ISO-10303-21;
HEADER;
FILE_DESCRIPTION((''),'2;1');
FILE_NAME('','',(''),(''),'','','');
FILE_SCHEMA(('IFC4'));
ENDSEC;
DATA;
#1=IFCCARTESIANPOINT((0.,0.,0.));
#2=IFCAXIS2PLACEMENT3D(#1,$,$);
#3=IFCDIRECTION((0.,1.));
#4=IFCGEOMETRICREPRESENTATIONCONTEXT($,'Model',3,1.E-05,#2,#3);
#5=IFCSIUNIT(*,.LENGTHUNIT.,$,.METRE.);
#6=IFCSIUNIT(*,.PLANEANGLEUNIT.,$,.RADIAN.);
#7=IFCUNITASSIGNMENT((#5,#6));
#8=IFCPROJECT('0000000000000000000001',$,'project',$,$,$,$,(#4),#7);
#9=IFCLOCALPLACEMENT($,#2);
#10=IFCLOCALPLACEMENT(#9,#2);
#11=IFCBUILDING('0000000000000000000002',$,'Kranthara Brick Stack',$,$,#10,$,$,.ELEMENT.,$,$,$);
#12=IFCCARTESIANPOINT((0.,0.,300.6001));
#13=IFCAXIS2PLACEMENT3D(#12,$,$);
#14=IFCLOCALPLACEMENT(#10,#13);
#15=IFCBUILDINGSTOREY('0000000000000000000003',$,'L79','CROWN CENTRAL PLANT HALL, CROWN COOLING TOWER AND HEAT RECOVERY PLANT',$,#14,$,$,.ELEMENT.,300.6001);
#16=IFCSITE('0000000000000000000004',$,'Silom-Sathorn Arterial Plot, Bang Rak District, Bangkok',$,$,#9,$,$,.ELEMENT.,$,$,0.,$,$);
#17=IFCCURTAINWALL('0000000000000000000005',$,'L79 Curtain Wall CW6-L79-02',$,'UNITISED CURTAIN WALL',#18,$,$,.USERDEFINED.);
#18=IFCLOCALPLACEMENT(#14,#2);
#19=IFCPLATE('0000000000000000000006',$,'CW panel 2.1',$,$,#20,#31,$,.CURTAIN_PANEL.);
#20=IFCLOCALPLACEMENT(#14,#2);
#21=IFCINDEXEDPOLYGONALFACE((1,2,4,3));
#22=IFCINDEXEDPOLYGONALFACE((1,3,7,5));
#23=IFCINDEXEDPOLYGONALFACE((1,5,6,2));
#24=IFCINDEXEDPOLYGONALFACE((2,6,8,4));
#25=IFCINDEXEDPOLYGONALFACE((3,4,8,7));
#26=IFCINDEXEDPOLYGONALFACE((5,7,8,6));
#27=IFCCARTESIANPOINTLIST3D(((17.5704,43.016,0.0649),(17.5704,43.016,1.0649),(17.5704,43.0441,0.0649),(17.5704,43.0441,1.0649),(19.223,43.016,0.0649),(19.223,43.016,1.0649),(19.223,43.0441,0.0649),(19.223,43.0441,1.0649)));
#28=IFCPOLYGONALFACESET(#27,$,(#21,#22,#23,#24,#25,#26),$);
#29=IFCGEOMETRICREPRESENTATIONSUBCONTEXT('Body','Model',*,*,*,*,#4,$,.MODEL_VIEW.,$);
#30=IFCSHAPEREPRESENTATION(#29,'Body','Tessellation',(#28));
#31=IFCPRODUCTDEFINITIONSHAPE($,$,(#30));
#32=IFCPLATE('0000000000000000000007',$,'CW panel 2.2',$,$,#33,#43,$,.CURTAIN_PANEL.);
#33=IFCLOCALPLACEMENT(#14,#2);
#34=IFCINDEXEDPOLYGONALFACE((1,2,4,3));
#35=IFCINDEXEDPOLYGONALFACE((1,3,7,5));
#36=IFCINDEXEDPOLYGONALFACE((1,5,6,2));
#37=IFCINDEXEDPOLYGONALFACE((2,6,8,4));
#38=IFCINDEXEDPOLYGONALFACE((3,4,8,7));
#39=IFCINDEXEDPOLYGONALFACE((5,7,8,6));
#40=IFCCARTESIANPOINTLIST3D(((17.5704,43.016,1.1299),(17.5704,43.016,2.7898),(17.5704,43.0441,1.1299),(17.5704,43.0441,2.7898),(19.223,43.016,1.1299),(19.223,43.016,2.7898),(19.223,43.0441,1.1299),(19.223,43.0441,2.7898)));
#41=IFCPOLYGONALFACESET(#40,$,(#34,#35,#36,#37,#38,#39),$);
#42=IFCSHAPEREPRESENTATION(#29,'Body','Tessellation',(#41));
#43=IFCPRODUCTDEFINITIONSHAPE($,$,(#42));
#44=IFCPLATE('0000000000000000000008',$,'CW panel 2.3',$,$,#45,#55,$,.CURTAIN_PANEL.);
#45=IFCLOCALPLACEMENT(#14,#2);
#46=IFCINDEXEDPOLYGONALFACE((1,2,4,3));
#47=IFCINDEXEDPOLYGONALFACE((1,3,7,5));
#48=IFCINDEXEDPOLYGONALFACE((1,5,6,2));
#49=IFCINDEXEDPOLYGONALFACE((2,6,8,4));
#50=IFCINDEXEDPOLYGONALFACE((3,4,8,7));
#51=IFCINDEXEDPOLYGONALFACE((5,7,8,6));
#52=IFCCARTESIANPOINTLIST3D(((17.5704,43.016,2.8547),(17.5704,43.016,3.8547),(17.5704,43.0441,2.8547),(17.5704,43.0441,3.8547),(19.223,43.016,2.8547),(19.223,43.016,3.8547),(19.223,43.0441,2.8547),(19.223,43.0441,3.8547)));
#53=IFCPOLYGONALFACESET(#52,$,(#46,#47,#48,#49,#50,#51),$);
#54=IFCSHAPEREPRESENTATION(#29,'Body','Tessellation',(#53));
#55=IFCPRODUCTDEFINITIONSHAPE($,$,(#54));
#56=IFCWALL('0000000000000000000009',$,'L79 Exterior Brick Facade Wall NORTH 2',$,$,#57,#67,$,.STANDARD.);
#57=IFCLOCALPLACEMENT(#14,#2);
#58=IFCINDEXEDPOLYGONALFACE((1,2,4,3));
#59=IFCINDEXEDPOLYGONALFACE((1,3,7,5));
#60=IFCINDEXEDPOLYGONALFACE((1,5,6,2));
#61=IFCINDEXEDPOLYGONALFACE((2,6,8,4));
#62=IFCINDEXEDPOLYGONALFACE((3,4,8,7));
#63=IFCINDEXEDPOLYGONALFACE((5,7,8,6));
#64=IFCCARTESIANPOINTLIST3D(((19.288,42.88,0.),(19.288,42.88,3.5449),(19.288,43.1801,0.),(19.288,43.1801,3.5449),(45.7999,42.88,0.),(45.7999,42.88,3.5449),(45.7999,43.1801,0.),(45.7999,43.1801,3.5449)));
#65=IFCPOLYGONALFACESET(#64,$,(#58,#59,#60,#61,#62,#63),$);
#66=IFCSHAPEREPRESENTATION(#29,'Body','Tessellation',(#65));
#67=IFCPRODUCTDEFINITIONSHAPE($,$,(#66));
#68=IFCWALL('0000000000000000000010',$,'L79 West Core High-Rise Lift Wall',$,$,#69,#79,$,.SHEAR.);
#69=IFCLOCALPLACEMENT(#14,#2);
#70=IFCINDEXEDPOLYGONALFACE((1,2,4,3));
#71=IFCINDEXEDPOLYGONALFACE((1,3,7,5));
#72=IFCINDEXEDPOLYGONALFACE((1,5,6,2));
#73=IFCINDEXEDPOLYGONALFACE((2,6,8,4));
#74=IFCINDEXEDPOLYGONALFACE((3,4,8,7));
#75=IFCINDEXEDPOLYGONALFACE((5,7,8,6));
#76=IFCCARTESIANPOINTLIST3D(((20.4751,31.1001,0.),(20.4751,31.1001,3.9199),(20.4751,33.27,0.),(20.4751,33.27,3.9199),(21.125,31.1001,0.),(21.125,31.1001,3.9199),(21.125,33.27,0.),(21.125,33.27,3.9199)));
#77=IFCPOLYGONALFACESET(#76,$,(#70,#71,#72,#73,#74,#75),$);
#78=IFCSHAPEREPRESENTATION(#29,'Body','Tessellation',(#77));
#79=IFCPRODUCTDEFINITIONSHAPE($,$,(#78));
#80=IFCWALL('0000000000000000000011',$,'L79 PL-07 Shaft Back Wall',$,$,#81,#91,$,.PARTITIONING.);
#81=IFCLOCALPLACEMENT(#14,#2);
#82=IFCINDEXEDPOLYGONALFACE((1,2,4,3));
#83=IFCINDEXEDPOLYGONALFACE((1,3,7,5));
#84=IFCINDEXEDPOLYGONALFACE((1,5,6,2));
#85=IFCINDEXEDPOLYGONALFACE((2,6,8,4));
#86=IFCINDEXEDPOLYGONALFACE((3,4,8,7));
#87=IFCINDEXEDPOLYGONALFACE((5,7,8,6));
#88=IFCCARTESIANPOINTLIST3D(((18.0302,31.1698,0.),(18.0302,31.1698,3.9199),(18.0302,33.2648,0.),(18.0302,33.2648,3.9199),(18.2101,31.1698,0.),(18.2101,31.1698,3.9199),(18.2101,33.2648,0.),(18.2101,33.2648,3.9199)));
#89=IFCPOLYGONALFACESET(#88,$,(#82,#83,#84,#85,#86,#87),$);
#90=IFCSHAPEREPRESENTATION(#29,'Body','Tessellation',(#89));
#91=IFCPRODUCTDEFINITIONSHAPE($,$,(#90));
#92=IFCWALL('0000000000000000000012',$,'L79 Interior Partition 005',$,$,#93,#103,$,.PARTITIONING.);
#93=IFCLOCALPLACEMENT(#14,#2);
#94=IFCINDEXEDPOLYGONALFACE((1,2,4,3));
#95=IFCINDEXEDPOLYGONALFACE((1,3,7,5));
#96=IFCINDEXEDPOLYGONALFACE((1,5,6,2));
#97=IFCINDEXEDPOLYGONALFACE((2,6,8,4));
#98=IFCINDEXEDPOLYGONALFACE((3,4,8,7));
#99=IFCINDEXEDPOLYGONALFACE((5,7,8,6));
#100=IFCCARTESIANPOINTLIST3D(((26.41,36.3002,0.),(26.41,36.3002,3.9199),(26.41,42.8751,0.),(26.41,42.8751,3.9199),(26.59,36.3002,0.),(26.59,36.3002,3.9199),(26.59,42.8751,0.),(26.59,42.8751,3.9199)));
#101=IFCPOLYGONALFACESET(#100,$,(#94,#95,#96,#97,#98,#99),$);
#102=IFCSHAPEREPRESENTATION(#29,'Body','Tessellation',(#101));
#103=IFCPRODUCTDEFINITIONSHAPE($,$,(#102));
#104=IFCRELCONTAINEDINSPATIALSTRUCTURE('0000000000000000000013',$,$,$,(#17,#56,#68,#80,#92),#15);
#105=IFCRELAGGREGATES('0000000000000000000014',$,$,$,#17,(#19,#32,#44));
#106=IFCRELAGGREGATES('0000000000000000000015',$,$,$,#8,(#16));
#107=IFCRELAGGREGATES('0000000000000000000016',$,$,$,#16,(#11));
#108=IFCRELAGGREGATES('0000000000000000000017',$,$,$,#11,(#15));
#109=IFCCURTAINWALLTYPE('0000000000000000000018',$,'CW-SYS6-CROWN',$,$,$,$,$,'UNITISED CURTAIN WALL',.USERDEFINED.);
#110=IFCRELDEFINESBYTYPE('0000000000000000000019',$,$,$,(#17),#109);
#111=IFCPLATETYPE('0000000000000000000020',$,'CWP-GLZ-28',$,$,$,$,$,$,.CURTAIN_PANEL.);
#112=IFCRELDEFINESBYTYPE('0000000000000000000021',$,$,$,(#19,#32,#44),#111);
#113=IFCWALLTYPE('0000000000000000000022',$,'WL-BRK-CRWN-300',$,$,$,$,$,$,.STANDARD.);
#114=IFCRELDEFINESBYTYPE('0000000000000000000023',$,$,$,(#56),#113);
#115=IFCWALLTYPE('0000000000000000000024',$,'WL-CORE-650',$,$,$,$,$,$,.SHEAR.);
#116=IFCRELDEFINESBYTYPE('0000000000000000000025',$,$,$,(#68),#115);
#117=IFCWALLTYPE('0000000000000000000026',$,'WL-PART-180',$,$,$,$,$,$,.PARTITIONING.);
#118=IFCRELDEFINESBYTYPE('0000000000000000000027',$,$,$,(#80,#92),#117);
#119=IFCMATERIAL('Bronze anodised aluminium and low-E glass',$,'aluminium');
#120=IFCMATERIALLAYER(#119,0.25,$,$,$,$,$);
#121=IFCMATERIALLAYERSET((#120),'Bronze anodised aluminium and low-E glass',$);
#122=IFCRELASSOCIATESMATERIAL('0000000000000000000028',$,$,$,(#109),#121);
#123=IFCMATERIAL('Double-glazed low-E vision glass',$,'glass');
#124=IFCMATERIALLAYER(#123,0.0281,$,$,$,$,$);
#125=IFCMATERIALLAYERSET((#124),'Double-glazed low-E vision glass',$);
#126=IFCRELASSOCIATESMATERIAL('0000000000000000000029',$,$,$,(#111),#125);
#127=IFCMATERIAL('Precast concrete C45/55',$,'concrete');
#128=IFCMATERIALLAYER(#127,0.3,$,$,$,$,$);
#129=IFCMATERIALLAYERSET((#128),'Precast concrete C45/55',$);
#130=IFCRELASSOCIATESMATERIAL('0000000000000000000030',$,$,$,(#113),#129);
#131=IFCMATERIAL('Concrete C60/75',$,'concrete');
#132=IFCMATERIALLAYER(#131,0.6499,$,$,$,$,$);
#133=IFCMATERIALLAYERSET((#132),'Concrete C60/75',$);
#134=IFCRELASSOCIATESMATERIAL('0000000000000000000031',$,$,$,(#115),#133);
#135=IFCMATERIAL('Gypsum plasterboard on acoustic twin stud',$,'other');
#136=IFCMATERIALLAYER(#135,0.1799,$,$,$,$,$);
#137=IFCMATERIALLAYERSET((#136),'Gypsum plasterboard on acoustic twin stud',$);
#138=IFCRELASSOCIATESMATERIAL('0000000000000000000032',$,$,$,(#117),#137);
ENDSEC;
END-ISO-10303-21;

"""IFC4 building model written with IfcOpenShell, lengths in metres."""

from ifc_helpers import new_model, si_unit, direction, frame, frame_2d, origin, origin_2d, place, context, subcontext, project, spatial, rectangle, extrude, material, layer, layer_set, type_object, element, aggregate, save


model = new_model("IFC4")

# Units and contexts
model_context = context("Model", 3, precision=1e-05, world=origin(), true_north=direction((0.0, 1.0)))
body_context = subcontext(model_context, "Body", "Model", "MODEL_VIEW")
ifc_project = project(units=[si_unit("LENGTHUNIT", "METRE"), si_unit("PLANEANGLEUNIT", "RADIAN")], contexts=[model_context])

# Site, building, storey
site_placement = place(None, origin())
site = spatial("IfcSite", under=ifc_project, at=site_placement, Name="Silom-Sathorn Arterial Plot, Bang Rak District, Bangkok", CompositionType="ELEMENT", RefElevation=0.0)
building_placement = place(site_placement, origin())
building = spatial("IfcBuilding", under=site, at=building_placement, Name="Kranthara Brick Stack", CompositionType="ELEMENT")
storey_placement = place(building_placement, frame((0.0, 0.0, 300.6001)))
storey = spatial("IfcBuildingStorey", under=building, at=storey_placement, Name="L79", Description="CROWN CENTRAL PLANT HALL, CROWN COOLING TOWER AND HEAT RECOVERY PLANT", CompositionType="ELEMENT", Elevation=300.6001)

# Curtain wall, plates
ifc_material_1 = material(Name="Bronze anodised aluminium and low-E glass", Category="aluminium")
ifc_layer_1 = layer(ifc_material_1, 0.25)
ifc_layer_set_1 = layer_set([ifc_layer_1], Name="Bronze anodised aluminium and low-E glass")
curtain_wall_type = type_object("IfcCurtainWallType", Name="CW-SYS6-CROWN", ElementType="UNITISED CURTAIN WALL", PredefinedType="USERDEFINED", material=ifc_layer_set_1)
curtain_wall_placement = place(storey_placement, origin())
curtain_wall = element("IfcCurtainWall", 1, at=curtain_wall_placement, inside=storey, type_object=curtain_wall_type, Name="L79 Curtain Wall CW6-L79-02", ObjectType="UNITISED CURTAIN WALL", PredefinedType="USERDEFINED")
ifc_material_2 = material(Name="Double-glazed low-E vision glass", Category="glass")
ifc_layer_2 = layer(ifc_material_2, 0.0281)
ifc_layer_set_2 = layer_set([ifc_layer_2], Name="Double-glazed low-E vision glass")
plate_type = type_object("IfcPlateType", Name="CWP-GLZ-28", PredefinedType="CURTAIN_PANEL", material=ifc_layer_set_2)
plate_1_placement = place(storey_placement, frame((18.3967, 43.03, 0.0649), z_axis=(0.0, 0.0, 1.0), x_axis=(1.0, 0.0, 0.0)))
plate_1 = element("IfcPlate", 2, at=plate_1_placement, type_object=plate_type, Name="CW panel 2.1", PredefinedType="CURTAIN_PANEL", context=body_context, shape_type="SweptSolid", body=[
    extrude(rectangle(XDim=1.6526, YDim=0.0281, at=origin_2d()), origin(), (0.0, 0.0, 1.0), 1.0),
])
plate_2_placement = place(storey_placement, frame((18.3967, 43.03, 1.1299), z_axis=(0.0, 0.0, 1.0), x_axis=(1.0, 0.0, 0.0)))
plate_2 = element("IfcPlate", 3, at=plate_2_placement, type_object=plate_type, Name="CW panel 2.2", PredefinedType="CURTAIN_PANEL", context=body_context, shape_type="SweptSolid", body=[
    extrude(rectangle(XDim=1.6526, YDim=0.0281, at=origin_2d()), origin(), (0.0, 0.0, 1.0), 1.6599),
])
plate_3_placement = place(storey_placement, frame((18.3967, 43.03, 2.8547), z_axis=(0.0, 0.0, 1.0), x_axis=(1.0, 0.0, 0.0)))
plate_3 = element("IfcPlate", 4, at=plate_3_placement, type_object=plate_type, Name="CW panel 2.3", PredefinedType="CURTAIN_PANEL", context=body_context, shape_type="SweptSolid", body=[
    extrude(rectangle(XDim=1.6526, YDim=0.0281, at=origin_2d()), origin(), (0.0, 0.0, 1.0), 1.0),
])
aggregate(curtain_wall, [plate_1, plate_2, plate_3])

# Walls
ifc_material_3 = material(Name="Precast concrete C45/55", Category="concrete")
ifc_layer_3 = layer(ifc_material_3, 0.3)
ifc_layer_set_3 = layer_set([ifc_layer_3], Name="Precast concrete C45/55")
wall_type_1 = type_object("IfcWallType", Name="WL-BRK-CRWN-300", PredefinedType="STANDARD", material=ifc_layer_set_3)
wall_1_placement = place(storey_placement, frame((19.2881, 43.03, 0.0), z_axis=(0.0, 0.0, 1.0), x_axis=(1.0, 0.0, 0.0)))
element("IfcWall", 5, at=wall_1_placement, inside=storey, type_object=wall_type_1, Name="L79 Exterior Brick Facade Wall NORTH 2", PredefinedType="STANDARD", context=body_context, shape_type="SweptSolid", body=[
    extrude(rectangle(XDim=26.512, YDim=0.3, at=frame_2d((13.2559, 0.0))), origin(), (0.0, 0.0, 1.0), 3.5449),
])
ifc_material_4 = material(Name="Concrete C60/75", Category="concrete")
ifc_layer_4 = layer(ifc_material_4, 0.6499)
ifc_layer_set_4 = layer_set([ifc_layer_4], Name="Concrete C60/75")
wall_type_2 = type_object("IfcWallType", Name="WL-CORE-650", PredefinedType="SHEAR", material=ifc_layer_set_4)
wall_2_placement = place(storey_placement, frame((20.8, 31.1001, 0.0), z_axis=(0.0, 0.0, 1.0), x_axis=(0.0, 1.0, 0.0)))
element("IfcWall", 6, at=wall_2_placement, inside=storey, type_object=wall_type_2, Name="L79 West Core High-Rise Lift Wall", PredefinedType="SHEAR", context=body_context, shape_type="SweptSolid", body=[
    extrude(rectangle(XDim=2.1699, YDim=0.6499, at=frame_2d((1.085, 0.0))), origin(), (0.0, 0.0, 1.0), 3.9199),
])
ifc_material_5 = material(Name="Gypsum plasterboard on acoustic twin stud", Category="other")
ifc_layer_5 = layer(ifc_material_5, 0.1799)
ifc_layer_set_5 = layer_set([ifc_layer_5], Name="Gypsum plasterboard on acoustic twin stud")
wall_type_3 = type_object("IfcWallType", Name="WL-PART-180", PredefinedType="PARTITIONING", material=ifc_layer_set_5)
wall_3_placement = place(storey_placement, frame((18.1201, 31.1699, 0.0), z_axis=(0.0, 0.0, 1.0), x_axis=(0.0, 1.0, 0.0)))
element("IfcWall", 7, at=wall_3_placement, inside=storey, type_object=wall_type_3, Name="L79 PL-07 Shaft Back Wall", PredefinedType="PARTITIONING", context=body_context, shape_type="SweptSolid", body=[
    extrude(rectangle(XDim=2.095, YDim=0.1799, at=frame_2d((1.0474, 0.0))), origin(), (0.0, 0.0, 1.0), 3.9199),
])
wall_4_placement = place(storey_placement, frame((26.5, 36.3, 0.0), z_axis=(0.0, 0.0, 1.0), x_axis=(0.0, 1.0, 0.0)))
element("IfcWall", 8, at=wall_4_placement, inside=storey, type_object=wall_type_3, Name="L79 Interior Partition 005", PredefinedType="PARTITIONING", context=body_context, shape_type="SweptSolid", body=[
    extrude(rectangle(XDim=6.575, YDim=0.1799, at=frame_2d((3.2876, 0.0))), origin(), (0.0, 0.0, 1.0), 3.9199),
])

save(model, "model.ifc")
